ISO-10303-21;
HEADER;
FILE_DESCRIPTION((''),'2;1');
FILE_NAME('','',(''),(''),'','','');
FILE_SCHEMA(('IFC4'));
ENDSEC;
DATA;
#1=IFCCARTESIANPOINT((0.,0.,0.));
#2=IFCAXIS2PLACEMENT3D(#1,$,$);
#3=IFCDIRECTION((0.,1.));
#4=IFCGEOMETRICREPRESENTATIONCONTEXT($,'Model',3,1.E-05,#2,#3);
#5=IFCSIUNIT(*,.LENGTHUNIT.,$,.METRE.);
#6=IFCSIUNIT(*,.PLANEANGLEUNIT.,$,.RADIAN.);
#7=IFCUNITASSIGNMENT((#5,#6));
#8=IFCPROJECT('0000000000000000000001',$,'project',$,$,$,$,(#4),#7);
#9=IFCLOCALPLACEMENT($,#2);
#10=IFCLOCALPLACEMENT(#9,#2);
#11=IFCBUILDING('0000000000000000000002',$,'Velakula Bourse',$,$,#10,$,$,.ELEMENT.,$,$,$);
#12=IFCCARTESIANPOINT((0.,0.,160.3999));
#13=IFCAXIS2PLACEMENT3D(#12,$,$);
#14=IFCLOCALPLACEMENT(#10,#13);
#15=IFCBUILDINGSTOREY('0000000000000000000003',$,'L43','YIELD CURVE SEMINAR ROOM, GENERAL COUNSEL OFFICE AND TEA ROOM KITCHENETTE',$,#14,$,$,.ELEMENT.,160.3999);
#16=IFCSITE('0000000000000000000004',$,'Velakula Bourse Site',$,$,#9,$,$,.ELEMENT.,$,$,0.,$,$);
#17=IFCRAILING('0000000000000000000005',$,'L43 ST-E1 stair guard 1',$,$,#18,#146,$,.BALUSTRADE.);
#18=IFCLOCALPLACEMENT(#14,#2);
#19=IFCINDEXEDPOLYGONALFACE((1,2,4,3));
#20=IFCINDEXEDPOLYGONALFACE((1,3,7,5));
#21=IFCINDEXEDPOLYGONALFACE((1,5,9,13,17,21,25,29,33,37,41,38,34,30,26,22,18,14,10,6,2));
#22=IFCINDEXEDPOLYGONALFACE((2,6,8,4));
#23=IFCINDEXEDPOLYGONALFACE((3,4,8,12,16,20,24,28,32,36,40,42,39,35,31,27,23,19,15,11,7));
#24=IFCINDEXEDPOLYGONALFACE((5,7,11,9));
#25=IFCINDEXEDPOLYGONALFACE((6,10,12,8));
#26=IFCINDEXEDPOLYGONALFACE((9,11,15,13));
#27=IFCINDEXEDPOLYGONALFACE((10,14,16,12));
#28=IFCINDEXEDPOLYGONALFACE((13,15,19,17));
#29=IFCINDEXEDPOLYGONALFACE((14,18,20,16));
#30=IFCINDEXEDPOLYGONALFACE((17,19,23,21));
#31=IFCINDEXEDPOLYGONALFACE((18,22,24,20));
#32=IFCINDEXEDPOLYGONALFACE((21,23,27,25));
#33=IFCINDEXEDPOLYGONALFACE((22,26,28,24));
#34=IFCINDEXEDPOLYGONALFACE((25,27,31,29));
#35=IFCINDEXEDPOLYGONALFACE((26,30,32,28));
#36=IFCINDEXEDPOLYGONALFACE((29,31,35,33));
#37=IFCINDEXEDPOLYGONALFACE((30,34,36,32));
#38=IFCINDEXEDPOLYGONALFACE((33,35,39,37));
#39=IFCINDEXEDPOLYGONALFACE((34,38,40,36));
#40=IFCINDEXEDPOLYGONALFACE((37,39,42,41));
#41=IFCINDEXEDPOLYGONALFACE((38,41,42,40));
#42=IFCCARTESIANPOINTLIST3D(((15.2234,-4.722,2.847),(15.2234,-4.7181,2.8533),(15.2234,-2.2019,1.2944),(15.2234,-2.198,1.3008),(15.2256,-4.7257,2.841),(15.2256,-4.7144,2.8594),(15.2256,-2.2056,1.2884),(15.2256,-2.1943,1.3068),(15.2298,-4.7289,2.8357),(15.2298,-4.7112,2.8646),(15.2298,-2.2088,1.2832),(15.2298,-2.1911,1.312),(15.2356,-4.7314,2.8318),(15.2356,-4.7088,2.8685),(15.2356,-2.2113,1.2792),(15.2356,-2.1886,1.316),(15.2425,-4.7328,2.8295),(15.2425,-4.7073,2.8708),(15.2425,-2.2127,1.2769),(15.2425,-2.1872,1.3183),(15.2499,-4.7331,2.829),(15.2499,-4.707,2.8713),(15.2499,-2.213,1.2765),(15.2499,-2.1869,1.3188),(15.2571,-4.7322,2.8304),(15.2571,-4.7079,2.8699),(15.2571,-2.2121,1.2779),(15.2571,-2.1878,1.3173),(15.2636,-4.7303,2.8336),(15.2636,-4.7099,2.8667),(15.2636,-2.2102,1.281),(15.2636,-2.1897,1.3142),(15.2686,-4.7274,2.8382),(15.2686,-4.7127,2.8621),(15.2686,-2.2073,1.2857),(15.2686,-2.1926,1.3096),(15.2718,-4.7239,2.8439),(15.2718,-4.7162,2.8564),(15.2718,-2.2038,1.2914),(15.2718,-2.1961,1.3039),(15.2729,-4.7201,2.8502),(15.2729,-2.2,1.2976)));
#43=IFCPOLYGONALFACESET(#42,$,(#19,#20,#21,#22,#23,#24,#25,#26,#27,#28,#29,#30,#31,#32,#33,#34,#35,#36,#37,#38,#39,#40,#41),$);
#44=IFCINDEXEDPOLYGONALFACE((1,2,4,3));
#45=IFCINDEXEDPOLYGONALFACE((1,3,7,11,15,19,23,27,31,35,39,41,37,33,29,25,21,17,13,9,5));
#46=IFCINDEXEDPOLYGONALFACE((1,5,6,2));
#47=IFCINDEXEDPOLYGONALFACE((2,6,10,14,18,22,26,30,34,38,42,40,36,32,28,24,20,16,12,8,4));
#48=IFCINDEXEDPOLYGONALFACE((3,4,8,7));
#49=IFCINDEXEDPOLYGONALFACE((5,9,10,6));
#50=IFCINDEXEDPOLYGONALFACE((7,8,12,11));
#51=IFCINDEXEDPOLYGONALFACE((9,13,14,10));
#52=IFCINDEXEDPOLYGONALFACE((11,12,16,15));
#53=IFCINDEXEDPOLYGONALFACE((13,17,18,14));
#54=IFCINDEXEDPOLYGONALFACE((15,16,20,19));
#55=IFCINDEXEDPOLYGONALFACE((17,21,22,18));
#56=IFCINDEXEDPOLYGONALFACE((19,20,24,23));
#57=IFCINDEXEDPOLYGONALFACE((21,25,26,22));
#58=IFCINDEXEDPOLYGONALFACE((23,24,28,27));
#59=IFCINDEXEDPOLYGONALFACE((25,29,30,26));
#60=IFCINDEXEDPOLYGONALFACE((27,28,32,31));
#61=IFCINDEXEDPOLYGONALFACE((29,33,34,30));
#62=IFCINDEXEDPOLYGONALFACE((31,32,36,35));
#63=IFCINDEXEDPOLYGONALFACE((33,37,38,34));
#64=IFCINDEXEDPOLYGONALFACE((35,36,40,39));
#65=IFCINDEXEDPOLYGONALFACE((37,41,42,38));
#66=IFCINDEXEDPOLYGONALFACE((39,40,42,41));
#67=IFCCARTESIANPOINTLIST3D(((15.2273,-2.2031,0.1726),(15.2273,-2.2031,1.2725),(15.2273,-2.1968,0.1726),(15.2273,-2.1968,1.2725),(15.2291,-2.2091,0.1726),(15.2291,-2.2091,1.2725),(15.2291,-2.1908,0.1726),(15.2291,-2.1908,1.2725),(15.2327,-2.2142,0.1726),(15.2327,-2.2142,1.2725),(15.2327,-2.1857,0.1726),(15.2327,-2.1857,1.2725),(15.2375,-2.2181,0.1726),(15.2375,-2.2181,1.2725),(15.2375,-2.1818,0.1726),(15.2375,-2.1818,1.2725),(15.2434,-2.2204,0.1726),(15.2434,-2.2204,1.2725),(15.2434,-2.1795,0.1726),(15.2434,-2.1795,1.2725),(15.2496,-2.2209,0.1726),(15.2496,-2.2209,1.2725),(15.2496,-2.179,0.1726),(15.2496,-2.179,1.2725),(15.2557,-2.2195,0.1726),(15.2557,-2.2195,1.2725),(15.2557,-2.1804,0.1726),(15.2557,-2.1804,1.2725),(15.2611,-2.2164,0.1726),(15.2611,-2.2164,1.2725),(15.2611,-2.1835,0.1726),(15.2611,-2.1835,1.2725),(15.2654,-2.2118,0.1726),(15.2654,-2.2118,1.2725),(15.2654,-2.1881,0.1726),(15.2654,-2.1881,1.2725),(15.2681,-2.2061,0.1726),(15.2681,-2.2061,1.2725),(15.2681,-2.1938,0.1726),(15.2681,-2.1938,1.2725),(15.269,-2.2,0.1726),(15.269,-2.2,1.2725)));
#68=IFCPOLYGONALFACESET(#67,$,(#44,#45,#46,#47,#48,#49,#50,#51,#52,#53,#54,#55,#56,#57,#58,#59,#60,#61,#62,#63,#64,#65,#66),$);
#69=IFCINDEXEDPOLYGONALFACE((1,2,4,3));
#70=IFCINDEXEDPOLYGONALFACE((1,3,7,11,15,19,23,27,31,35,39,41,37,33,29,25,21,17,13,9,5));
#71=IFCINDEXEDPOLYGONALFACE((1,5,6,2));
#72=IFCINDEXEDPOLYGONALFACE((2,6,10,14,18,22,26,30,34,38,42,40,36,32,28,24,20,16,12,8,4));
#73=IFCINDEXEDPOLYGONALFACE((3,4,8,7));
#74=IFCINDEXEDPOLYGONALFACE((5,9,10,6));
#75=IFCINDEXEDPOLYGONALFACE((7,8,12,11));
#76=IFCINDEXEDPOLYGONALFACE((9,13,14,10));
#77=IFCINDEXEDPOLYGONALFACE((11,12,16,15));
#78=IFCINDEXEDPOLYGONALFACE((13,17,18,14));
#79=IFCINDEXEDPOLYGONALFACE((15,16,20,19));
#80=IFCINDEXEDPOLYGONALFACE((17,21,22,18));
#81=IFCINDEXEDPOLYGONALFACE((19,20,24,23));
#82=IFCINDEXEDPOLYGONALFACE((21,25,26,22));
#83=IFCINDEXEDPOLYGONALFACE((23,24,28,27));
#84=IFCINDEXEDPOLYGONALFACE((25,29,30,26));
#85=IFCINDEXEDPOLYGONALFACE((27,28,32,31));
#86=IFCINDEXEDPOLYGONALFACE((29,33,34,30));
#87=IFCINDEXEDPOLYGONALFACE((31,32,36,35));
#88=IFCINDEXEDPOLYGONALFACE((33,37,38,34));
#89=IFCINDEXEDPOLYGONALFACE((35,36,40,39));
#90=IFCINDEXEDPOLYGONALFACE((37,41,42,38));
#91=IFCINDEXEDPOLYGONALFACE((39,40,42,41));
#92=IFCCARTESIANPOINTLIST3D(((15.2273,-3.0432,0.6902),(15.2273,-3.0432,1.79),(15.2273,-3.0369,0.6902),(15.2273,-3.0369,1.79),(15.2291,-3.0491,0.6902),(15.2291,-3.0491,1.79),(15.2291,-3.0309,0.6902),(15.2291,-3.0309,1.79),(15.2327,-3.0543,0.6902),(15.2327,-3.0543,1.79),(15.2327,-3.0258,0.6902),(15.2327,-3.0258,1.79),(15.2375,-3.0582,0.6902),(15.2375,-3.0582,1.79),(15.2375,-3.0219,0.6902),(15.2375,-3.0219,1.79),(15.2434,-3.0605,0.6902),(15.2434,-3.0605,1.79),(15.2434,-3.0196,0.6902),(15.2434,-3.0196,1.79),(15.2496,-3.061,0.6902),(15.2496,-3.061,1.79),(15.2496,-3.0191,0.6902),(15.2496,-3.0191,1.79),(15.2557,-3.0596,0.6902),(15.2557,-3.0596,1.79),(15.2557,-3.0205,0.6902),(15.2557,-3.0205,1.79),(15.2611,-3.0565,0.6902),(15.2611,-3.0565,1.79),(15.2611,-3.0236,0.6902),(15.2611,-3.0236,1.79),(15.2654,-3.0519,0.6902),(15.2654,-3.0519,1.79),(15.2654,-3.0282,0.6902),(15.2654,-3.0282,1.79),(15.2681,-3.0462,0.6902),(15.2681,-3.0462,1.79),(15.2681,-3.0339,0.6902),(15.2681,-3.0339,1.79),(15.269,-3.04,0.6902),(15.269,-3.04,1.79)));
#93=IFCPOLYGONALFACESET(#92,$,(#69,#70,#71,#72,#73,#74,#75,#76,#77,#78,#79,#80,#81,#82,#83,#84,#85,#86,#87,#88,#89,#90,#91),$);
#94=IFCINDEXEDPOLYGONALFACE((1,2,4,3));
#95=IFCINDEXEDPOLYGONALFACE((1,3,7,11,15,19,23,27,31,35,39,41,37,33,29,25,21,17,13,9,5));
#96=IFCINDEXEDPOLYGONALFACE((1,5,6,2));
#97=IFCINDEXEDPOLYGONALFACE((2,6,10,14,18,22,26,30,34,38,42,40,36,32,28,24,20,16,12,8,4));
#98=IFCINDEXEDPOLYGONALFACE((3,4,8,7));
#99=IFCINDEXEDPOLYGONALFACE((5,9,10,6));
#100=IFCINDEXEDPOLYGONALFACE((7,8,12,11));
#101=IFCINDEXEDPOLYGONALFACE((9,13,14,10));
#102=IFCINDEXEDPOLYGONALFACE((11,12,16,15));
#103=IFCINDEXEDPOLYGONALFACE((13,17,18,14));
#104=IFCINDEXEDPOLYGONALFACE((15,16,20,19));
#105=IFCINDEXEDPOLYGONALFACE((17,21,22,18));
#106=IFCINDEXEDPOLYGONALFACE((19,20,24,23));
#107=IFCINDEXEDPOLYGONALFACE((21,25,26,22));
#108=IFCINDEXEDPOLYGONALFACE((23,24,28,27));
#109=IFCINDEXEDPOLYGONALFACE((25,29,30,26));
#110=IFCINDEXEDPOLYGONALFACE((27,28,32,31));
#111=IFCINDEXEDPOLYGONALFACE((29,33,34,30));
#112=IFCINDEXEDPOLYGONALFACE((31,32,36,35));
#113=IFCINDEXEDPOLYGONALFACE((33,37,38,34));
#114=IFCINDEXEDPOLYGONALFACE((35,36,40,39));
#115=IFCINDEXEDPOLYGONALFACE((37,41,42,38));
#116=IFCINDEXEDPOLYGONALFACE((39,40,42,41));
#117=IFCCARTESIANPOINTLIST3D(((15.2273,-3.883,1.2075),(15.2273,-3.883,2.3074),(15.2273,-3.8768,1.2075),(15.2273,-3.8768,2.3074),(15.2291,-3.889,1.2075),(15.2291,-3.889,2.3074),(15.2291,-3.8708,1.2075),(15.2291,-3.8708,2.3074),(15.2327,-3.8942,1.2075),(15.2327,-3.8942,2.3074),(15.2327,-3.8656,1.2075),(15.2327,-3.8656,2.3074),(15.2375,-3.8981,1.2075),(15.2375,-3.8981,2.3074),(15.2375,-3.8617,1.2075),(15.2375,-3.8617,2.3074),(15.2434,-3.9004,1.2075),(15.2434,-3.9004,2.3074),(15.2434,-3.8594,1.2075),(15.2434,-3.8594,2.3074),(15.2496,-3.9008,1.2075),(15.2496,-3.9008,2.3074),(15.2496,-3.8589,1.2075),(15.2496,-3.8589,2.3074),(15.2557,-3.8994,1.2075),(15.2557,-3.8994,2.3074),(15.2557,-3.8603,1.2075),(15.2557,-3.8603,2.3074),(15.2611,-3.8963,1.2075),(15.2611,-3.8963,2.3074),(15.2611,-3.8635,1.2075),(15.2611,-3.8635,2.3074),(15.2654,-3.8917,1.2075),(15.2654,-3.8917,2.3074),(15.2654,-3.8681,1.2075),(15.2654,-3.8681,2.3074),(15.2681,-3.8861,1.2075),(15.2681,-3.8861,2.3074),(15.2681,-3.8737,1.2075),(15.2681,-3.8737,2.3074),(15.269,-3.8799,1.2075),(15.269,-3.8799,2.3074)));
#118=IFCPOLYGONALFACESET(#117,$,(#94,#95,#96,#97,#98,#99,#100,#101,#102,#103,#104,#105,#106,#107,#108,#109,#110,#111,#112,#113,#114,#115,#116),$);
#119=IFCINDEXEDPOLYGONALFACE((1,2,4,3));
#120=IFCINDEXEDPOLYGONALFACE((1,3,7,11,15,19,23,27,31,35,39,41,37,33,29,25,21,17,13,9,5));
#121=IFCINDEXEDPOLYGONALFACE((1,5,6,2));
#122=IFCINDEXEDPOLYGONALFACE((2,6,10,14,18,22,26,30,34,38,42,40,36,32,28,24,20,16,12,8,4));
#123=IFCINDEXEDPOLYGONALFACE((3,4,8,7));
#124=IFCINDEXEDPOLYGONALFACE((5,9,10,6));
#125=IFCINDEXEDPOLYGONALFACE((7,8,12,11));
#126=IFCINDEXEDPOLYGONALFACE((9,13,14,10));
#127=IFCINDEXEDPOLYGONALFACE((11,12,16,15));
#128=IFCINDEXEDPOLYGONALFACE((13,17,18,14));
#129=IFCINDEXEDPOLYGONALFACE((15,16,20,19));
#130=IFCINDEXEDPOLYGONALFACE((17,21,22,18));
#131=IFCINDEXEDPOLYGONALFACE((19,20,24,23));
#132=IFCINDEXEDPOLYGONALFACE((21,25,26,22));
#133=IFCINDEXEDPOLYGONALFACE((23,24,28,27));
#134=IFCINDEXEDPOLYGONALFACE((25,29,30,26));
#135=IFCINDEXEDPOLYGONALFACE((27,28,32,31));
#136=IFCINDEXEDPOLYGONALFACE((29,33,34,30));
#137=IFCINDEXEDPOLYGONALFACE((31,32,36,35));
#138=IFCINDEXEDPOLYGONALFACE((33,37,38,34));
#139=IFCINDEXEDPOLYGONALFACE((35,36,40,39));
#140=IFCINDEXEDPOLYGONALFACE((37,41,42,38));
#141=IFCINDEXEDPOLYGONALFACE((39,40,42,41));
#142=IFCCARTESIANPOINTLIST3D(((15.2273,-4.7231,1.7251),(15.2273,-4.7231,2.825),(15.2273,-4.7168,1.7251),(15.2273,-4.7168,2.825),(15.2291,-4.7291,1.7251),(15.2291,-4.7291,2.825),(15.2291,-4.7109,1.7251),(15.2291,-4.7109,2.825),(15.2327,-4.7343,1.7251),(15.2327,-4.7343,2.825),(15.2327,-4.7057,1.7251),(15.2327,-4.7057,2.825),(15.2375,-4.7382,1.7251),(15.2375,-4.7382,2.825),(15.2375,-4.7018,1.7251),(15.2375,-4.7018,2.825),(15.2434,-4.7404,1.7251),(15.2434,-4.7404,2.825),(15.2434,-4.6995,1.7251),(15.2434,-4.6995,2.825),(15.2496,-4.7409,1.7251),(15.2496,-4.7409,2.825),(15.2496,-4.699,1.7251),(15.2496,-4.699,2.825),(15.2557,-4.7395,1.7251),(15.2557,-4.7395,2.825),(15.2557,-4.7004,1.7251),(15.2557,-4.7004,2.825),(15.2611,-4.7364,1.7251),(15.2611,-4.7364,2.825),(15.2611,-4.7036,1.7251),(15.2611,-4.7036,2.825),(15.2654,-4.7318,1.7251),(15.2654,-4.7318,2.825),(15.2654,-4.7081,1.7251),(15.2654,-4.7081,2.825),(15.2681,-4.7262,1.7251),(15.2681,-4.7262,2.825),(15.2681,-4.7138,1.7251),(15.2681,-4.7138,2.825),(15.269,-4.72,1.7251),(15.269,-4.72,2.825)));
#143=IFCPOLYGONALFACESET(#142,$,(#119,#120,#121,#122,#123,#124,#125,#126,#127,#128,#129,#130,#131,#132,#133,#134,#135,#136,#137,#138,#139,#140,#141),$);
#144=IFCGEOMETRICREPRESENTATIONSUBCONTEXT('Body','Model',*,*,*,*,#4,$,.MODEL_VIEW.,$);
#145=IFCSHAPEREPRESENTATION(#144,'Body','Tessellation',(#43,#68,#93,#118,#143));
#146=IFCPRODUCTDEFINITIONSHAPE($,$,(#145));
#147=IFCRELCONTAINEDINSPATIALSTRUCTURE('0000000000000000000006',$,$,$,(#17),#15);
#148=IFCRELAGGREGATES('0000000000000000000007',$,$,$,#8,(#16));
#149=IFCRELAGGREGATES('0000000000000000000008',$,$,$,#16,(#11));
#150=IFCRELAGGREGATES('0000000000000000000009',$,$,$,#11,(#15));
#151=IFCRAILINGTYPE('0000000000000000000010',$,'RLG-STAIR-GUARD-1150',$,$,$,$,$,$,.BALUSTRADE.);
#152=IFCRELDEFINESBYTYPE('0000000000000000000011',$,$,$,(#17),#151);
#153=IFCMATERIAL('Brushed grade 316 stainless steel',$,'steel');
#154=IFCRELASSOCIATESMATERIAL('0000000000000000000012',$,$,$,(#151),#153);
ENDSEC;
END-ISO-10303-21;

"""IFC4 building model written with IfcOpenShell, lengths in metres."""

from ifc_helpers import new_model, si_unit, direction, frame, origin, origin_2d, place, context, subcontext, project, spatial, circle, extrude, material, type_object, element, save


model = new_model("IFC4")

# Units and contexts
model_context = context("Model", 3, precision=1e-05, world=origin(), true_north=direction((0.0, 1.0)))
body_context = subcontext(model_context, "Body", "Model", "MODEL_VIEW")
ifc_project = project(units=[si_unit("LENGTHUNIT", "METRE"), si_unit("PLANEANGLEUNIT", "RADIAN")], contexts=[model_context])

# Site, building, storey
site_placement = place(None, origin())
site = spatial("IfcSite", under=ifc_project, at=site_placement, Name="Velakula Bourse Site", CompositionType="ELEMENT", RefElevation=0.0)
building_placement = place(site_placement, origin())
building = spatial("IfcBuilding", under=site, at=building_placement, Name="Velakula Bourse", CompositionType="ELEMENT")
storey_placement = place(building_placement, frame((0.0, 0.0, 160.3999)))
storey = spatial("IfcBuildingStorey", under=building, at=storey_placement, Name="L43", Description="YIELD CURVE SEMINAR ROOM, GENERAL COUNSEL OFFICE AND TEA ROOM KITCHENETTE", CompositionType="ELEMENT", Elevation=160.3999)

# Shared definitions
ifc_material_1 = material(Name="Brushed grade 316 stainless steel", Category="steel")

# Railing
railing_type_1 = type_object("IfcRailingType", Name="RLG-STAIR-GUARD-1150", PredefinedType="BALUSTRADE", material=ifc_material_1)
railing_1_placement = place(storey_placement, frame((15.248, -2.2, 0.1726)))
element("IfcRailing", 1, at=railing_1_placement, inside=storey, type_object=railing_type_1, Name="L43 ST-E1 stair guard 1", PredefinedType="BALUSTRADE", context=body_context, shape_type="SweptSolid", body=[
    extrude(circle(Radius=0.0249, at=origin_2d()), frame((0.0, 0.0, 1.125), z_axis=(0.0, -0.8514, 0.524516), x_axis=(1.0, 0.0, 0.0)), (0.0, 0.0, 1.0), 2.96),
    extrude(circle(Radius=0.021, at=origin_2d()), origin(), (0.0, 0.0, 1.0), 1.0999),
    extrude(circle(Radius=0.021, at=origin_2d()), frame((0.0, -0.8401, 0.5176)), (0.0, 0.0, 1.0), 1.0999),
    extrude(circle(Radius=0.021, at=origin_2d()), frame((0.0, -1.6799, 1.0349)), (0.0, 0.0, 1.0), 1.0999),
    extrude(circle(Radius=0.021, at=origin_2d()), frame((0.0, -2.52, 1.5525)), (0.0, 0.0, 1.0), 1.0999),
])

save(model, "model.ifc")
